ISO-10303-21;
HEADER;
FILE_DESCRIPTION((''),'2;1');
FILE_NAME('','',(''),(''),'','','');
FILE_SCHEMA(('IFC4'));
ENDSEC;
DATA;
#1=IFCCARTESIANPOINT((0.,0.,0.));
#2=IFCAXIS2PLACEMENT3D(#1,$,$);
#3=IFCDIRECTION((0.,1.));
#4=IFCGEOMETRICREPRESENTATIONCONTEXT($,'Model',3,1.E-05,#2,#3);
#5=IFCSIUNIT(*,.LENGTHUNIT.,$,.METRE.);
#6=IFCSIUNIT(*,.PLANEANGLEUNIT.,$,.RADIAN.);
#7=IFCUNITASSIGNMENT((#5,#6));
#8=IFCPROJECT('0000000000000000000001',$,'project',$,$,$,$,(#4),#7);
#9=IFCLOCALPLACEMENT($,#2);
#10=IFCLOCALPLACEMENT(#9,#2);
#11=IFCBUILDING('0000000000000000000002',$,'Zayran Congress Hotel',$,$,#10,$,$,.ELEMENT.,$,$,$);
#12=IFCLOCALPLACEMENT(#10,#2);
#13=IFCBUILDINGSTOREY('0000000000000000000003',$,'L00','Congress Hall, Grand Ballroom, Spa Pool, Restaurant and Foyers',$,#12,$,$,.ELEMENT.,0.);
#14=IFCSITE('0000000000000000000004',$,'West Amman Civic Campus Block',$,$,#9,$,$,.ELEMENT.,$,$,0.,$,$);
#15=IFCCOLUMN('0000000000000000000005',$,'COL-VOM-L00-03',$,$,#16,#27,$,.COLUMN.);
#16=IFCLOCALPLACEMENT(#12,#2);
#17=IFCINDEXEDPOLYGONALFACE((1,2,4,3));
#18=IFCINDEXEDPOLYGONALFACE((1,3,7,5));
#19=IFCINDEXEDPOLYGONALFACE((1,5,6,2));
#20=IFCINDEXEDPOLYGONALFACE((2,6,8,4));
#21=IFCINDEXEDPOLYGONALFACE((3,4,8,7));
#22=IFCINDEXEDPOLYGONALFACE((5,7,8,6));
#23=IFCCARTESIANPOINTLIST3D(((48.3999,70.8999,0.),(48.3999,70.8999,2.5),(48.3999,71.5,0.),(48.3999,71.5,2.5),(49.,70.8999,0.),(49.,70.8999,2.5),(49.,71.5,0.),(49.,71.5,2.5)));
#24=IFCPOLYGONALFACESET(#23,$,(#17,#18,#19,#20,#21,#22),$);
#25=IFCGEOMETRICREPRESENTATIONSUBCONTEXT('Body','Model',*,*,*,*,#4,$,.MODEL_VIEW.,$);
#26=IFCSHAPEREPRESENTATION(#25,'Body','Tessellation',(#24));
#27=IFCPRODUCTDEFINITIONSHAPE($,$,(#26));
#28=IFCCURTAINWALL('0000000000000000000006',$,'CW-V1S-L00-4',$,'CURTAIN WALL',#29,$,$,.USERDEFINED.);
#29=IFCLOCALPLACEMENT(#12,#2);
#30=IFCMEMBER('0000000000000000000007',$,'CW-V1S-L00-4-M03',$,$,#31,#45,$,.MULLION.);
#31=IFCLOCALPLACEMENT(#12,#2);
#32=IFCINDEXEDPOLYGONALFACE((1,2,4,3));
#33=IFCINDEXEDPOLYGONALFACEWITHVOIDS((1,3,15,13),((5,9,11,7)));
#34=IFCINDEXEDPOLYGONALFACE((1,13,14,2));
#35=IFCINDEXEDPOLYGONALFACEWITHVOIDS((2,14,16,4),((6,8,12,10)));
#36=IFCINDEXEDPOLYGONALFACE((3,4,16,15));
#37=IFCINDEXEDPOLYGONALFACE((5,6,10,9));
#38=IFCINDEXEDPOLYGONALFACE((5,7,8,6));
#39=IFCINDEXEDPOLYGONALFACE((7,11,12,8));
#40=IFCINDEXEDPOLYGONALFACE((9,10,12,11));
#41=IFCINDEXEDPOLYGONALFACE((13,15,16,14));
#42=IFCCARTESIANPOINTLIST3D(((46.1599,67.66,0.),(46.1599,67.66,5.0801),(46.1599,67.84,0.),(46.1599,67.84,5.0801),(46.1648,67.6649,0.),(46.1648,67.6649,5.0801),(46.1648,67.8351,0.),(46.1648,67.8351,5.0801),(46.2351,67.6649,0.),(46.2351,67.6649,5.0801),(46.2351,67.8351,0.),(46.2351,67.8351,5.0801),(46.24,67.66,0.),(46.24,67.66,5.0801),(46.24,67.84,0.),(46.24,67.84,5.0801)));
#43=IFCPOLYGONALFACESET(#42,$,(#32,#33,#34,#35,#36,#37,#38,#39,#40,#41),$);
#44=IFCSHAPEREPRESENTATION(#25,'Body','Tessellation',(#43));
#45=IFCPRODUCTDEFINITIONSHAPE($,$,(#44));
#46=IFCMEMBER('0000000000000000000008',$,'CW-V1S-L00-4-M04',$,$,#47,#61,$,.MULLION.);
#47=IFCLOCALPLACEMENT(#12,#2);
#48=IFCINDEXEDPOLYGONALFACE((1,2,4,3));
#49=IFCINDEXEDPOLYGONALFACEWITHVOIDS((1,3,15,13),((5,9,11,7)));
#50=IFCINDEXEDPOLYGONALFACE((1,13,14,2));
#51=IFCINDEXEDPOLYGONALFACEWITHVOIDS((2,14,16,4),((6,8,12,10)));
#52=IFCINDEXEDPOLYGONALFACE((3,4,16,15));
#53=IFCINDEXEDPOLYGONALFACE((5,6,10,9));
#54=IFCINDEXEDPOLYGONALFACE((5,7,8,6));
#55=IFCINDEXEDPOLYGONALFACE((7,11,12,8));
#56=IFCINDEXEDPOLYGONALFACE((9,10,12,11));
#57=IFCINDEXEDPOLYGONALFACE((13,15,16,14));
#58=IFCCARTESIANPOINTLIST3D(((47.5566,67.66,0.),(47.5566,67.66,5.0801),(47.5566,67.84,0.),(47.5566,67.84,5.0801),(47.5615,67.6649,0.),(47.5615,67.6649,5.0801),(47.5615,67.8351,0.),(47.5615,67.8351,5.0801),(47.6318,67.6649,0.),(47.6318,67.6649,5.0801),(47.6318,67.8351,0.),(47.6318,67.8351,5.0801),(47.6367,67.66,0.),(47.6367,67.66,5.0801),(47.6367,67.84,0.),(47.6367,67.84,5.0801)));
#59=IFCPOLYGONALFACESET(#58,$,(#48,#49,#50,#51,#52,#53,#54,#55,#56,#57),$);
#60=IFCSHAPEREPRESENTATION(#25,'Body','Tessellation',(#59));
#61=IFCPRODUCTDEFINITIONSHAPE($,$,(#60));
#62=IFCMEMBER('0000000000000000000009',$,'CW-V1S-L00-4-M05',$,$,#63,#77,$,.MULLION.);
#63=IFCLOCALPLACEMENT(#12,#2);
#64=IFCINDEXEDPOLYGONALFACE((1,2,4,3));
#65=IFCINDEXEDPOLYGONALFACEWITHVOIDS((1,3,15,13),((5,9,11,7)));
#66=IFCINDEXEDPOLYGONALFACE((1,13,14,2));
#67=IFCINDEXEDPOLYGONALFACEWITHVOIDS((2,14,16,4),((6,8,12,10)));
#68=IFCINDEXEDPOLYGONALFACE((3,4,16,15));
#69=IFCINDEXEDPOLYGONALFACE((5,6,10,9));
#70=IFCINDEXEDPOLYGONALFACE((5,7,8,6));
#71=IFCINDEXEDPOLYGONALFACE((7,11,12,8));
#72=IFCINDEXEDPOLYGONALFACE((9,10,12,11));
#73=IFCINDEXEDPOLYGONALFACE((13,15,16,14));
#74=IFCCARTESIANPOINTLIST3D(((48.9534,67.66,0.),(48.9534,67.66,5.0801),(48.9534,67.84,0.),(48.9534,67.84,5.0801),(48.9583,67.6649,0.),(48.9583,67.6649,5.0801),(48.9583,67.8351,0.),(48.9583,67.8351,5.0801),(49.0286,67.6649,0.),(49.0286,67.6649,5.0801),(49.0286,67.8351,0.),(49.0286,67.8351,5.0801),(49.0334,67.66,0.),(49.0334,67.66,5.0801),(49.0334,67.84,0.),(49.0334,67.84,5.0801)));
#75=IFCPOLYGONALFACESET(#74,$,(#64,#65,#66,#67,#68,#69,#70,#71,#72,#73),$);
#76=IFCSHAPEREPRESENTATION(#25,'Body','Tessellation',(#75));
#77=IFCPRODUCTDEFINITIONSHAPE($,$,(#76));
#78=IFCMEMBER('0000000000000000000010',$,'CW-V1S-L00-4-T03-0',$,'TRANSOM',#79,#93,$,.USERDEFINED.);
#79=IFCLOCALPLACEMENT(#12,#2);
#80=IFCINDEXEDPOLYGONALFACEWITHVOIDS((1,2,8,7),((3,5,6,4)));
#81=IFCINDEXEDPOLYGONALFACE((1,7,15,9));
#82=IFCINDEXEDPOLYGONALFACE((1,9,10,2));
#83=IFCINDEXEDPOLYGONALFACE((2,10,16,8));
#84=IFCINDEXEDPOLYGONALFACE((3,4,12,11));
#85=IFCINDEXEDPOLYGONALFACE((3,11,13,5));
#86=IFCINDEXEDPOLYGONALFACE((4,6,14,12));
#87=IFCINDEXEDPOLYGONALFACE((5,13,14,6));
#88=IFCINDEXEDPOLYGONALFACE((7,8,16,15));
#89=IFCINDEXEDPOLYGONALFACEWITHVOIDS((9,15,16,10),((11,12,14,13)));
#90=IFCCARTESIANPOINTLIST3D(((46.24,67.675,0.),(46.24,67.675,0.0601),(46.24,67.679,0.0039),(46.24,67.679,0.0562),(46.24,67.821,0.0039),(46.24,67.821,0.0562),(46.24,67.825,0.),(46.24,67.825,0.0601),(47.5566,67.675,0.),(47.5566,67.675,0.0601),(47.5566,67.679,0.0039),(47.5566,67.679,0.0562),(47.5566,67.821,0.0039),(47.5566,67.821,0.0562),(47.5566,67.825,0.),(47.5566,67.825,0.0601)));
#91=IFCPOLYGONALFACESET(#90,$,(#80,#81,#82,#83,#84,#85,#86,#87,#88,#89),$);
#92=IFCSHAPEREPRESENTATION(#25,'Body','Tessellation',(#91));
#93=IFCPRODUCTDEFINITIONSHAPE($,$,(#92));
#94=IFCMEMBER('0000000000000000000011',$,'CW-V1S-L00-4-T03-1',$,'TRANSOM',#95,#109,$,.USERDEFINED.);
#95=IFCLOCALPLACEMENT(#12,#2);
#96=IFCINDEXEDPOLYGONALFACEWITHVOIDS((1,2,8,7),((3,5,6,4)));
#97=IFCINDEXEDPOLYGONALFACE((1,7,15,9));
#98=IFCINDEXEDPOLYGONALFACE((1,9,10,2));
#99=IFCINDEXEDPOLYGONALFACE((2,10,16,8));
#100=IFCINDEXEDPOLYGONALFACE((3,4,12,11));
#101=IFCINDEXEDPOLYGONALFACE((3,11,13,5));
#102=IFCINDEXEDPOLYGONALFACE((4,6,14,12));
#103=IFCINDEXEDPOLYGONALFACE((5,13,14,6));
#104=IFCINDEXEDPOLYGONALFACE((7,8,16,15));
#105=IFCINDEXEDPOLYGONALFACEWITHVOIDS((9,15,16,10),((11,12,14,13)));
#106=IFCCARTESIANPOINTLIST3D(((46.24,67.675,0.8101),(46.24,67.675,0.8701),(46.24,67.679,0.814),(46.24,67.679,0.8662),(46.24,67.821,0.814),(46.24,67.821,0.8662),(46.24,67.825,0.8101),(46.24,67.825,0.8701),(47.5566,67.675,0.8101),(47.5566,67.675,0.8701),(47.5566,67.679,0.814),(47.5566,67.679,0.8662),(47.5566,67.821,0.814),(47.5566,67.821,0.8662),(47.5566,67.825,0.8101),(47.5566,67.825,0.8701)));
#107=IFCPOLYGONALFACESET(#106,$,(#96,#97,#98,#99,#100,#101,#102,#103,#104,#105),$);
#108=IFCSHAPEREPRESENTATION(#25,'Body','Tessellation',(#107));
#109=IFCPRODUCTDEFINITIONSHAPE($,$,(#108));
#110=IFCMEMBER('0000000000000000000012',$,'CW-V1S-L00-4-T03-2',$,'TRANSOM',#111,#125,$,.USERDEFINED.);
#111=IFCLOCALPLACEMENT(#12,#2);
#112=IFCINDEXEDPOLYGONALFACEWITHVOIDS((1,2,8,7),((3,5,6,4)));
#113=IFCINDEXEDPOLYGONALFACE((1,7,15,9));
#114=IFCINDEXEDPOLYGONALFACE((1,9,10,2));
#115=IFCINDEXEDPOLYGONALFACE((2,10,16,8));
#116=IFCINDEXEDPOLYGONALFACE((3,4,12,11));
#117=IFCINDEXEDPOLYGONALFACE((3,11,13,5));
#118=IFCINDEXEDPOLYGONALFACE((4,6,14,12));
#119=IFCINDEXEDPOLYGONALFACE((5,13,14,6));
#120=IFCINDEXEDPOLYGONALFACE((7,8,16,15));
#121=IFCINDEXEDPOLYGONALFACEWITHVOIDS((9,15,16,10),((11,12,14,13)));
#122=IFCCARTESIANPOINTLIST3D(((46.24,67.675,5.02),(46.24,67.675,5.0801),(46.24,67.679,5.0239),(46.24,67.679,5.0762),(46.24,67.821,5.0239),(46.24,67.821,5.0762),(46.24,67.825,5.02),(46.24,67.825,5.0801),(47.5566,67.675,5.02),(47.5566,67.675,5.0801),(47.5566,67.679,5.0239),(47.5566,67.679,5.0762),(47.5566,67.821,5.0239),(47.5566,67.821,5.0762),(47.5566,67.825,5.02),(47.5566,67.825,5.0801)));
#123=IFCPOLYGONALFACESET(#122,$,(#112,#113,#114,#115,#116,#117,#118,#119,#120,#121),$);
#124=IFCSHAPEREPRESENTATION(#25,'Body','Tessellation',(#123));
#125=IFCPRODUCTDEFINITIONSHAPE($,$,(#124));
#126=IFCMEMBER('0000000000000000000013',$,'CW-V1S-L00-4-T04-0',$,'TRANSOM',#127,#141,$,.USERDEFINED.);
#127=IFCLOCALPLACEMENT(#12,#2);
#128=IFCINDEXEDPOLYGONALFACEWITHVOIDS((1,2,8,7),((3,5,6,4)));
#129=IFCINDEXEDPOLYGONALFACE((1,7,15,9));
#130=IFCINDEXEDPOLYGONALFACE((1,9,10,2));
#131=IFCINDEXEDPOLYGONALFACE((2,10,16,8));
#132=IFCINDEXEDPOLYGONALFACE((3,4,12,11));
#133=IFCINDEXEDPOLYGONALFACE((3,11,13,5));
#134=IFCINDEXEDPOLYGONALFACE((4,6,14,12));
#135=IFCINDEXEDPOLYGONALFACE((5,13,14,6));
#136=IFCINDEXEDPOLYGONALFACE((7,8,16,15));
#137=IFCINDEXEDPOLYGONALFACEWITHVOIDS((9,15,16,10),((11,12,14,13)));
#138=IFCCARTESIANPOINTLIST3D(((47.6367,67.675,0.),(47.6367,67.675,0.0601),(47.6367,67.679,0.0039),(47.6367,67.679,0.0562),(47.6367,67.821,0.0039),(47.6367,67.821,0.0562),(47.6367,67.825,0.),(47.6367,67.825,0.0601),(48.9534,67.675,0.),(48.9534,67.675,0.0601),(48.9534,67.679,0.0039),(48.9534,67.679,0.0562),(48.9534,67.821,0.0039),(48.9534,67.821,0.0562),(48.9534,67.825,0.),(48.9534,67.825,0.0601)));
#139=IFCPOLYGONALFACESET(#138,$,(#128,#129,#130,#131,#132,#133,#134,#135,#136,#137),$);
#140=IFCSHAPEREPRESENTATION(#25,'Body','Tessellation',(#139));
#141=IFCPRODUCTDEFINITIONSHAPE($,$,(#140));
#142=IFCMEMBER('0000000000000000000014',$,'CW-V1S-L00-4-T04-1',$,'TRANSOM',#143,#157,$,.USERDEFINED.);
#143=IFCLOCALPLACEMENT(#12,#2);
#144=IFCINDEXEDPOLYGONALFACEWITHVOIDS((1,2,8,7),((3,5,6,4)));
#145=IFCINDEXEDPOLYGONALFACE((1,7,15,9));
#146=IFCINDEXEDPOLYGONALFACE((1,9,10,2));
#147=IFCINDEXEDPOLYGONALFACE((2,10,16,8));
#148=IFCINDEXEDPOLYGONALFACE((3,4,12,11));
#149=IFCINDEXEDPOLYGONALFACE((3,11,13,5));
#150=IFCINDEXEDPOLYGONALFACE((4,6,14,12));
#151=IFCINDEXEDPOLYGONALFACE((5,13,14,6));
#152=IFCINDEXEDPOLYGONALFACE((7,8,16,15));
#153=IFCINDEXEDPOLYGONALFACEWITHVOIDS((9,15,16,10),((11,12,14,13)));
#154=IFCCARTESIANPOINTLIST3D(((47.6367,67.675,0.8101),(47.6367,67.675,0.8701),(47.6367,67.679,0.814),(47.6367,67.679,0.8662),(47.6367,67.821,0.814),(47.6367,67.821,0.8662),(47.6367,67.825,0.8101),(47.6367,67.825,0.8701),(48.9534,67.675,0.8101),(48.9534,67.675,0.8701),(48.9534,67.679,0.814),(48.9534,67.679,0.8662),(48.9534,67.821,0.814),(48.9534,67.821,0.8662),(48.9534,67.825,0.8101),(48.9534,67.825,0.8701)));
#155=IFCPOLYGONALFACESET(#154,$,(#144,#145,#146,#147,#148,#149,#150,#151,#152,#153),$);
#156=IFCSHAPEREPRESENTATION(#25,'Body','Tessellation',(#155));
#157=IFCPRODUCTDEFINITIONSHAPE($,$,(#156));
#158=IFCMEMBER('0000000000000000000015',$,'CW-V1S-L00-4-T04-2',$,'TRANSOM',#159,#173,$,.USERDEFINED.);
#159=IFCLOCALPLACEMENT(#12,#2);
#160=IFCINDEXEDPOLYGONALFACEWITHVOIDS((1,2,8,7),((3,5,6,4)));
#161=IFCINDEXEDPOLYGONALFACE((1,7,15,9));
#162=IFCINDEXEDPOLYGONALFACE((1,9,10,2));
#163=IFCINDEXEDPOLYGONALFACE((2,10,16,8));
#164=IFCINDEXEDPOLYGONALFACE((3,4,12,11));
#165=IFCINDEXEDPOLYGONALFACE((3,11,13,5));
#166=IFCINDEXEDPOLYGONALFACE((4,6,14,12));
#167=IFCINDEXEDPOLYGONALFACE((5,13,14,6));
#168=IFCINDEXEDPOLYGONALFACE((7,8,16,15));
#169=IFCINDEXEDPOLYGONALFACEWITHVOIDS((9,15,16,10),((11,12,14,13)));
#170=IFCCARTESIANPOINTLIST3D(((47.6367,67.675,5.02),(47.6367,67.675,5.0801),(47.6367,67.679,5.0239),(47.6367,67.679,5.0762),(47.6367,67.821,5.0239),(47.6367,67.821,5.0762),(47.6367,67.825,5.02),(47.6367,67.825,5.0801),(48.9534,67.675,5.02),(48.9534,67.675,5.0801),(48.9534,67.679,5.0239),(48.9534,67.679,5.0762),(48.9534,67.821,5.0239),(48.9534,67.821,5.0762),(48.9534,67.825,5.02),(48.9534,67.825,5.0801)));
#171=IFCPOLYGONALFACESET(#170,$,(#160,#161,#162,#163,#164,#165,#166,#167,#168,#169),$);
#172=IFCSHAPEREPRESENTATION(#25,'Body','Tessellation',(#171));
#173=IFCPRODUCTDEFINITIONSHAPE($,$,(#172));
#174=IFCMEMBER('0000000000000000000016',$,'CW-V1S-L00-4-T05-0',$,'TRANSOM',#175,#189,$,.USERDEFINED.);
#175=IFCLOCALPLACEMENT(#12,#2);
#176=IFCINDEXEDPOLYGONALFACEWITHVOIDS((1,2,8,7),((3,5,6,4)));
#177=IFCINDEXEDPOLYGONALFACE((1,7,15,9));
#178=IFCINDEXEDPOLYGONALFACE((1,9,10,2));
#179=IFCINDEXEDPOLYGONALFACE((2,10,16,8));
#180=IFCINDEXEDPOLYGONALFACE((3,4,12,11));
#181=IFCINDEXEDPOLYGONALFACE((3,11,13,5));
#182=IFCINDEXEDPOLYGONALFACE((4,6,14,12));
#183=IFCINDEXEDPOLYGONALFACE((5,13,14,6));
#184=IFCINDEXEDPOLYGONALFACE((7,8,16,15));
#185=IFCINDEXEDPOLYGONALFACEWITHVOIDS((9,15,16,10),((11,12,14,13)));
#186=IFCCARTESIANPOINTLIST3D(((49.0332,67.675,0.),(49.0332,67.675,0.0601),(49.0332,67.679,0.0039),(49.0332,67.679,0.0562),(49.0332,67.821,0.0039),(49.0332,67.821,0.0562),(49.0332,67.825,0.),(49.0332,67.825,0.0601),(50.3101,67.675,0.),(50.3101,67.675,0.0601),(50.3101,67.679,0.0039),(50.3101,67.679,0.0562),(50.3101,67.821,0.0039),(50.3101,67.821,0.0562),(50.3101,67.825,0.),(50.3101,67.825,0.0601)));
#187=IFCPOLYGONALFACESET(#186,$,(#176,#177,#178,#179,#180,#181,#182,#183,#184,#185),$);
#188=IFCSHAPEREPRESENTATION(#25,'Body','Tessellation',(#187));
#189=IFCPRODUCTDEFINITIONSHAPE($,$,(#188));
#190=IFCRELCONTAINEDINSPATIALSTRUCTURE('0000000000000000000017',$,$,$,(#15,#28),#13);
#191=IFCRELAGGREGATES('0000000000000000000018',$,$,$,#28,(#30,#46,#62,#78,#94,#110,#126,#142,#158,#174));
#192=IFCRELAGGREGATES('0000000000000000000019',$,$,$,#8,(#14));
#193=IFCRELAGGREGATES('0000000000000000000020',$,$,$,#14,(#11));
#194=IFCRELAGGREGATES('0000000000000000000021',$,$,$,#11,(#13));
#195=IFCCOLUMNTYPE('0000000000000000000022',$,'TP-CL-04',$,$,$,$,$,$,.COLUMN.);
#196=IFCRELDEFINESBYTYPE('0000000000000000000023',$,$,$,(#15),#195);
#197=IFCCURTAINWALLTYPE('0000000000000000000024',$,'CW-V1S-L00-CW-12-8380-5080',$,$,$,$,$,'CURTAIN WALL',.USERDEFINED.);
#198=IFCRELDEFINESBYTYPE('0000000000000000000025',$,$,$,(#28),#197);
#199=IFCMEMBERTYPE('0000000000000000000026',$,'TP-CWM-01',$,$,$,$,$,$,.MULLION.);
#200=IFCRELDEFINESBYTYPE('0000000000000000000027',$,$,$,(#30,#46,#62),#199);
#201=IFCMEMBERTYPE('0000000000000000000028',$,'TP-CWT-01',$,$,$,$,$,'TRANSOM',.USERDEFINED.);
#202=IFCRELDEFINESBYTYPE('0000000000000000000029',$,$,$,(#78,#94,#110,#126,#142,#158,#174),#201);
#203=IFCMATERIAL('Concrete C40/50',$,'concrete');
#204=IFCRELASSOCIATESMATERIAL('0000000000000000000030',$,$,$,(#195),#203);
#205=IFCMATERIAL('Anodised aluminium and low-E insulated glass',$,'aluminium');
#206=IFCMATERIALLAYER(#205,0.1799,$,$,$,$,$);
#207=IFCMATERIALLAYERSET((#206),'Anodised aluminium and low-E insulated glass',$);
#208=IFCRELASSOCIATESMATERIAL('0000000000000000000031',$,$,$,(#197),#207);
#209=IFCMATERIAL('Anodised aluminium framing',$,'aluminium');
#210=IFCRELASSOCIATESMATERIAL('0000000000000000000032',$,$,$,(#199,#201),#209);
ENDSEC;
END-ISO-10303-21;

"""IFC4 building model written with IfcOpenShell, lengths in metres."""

from ifc_helpers import new_model, si_unit, direction, frame, origin, origin_2d, place, context, subcontext, project, spatial, rectangle, hollow_rectangle, extrude, material, layer, layer_set, material_profile, profile_set, type_object, element, aggregate, save


model = new_model("IFC4")

# Units and contexts
model_context = context("Model", 3, precision=1e-05, world=origin(), true_north=direction((0.0, 1.0)))
body_context = subcontext(model_context, "Body", "Model", "MODEL_VIEW")
ifc_project = project(units=[si_unit("LENGTHUNIT", "METRE"), si_unit("PLANEANGLEUNIT", "RADIAN")], contexts=[model_context])

# Site, building, storey
site_placement = place(None, origin())
site = spatial("IfcSite", under=ifc_project, at=site_placement, Name="West Amman Civic Campus Block", CompositionType="ELEMENT", RefElevation=0.0)
building_placement = place(site_placement, origin())
building = spatial("IfcBuilding", under=site, at=building_placement, Name="Zayran Congress Hotel", CompositionType="ELEMENT")
storey_placement = place(building_placement, origin())
storey = spatial("IfcBuildingStorey", under=building, at=storey_placement, Name="L00", Description="Congress Hall, Grand Ballroom, Spa Pool, Restaurant and Foyers", CompositionType="ELEMENT", Elevation=0.0)

# Column
ifc_material_1 = material(Name="Concrete C40/50", Category="concrete")
ifc_material_profile_1 = material_profile(ifc_material_1, rectangle(XDim=0.6001, YDim=0.6001, at=origin_2d()), Name="RC 600x600")
ifc_profile_set_1 = profile_set([ifc_material_profile_1], Name="Concrete C40/50")
column_type = type_object("IfcColumnType", Name="TP-CL-04", PredefinedType="COLUMN", material=ifc_profile_set_1)
column_placement = place(storey_placement, frame((48.7, 71.2, 0.0), z_axis=(0.0, 0.0, 1.0), x_axis=(1.0, 0.0, 0.0)))
element("IfcColumn", 1, at=column_placement, inside=storey, type_object=column_type, Name="COL-VOM-L00-03", PredefinedType="COLUMN", context=body_context, shape_type="SweptSolid", body=[
    extrude(rectangle(XDim=0.6001, YDim=0.6001, at=origin_2d()), origin(), (0.0, 0.0, 1.0), 2.5),
])

# Curtain wall, members
ifc_material_2 = material(Name="Anodised aluminium and low-E insulated glass", Category="aluminium")
ifc_layer_1 = layer(ifc_material_2, 0.1799)
ifc_layer_set_1 = layer_set([ifc_layer_1], Name="Anodised aluminium and low-E insulated glass")
curtain_wall_type = type_object("IfcCurtainWallType", Name="CW-V1S-L00-CW-12-8380-5080", ElementType="CURTAIN WALL", PredefinedType="USERDEFINED", material=ifc_layer_set_1)
curtain_wall_placement = place(storey_placement, origin())
curtain_wall = element("IfcCurtainWall", 2, at=curtain_wall_placement, inside=storey, type_object=curtain_wall_type, Name="CW-V1S-L00-4", ObjectType="CURTAIN WALL", PredefinedType="USERDEFINED")
ifc_material_3 = material(Name="Anodised aluminium framing", Category="aluminium")
ifc_material_profile_2 = material_profile(ifc_material_3, hollow_rectangle(XDim=0.0801, YDim=0.1799, WallThickness=0.0049, at=origin_2d()), Name="RHS 180x80x5")
ifc_profile_set_2 = profile_set([ifc_material_profile_2], Name="Anodised aluminium framing")
member_type_1 = type_object("IfcMemberType", Name="TP-CWM-01", PredefinedType="MULLION", material=ifc_profile_set_2)
member_1_placement = place(storey_placement, frame((46.2, 67.75, 0.0), z_axis=(0.0, 0.0, 1.0), x_axis=(1.0, 0.0, 0.0)))
member_1 = element("IfcMember", 3, at=member_1_placement, type_object=member_type_1, Name="CW-V1S-L00-4-M03", PredefinedType="MULLION", context=body_context, shape_type="SweptSolid", body=[
    extrude(hollow_rectangle(XDim=0.0801, YDim=0.1799, WallThickness=0.0049, at=origin_2d()), origin(), (0.0, 0.0, 1.0), 5.0801),
])
member_2_placement = place(storey_placement, frame((47.5967, 67.75, 0.0), z_axis=(0.0, 0.0, 1.0), x_axis=(1.0, 0.0, 0.0)))
member_2 = element("IfcMember", 4, at=member_2_placement, type_object=member_type_1, Name="CW-V1S-L00-4-M04", PredefinedType="MULLION", context=body_context, shape_type="SweptSolid", body=[
    extrude(hollow_rectangle(XDim=0.0801, YDim=0.1799, WallThickness=0.0049, at=origin_2d()), origin(), (0.0, 0.0, 1.0), 5.0801),
])
member_3_placement = place(storey_placement, frame((48.9934, 67.75, 0.0), z_axis=(0.0, 0.0, 1.0), x_axis=(1.0, 0.0, 0.0)))
member_3 = element("IfcMember", 5, at=member_3_placement, type_object=member_type_1, Name="CW-V1S-L00-4-M05", PredefinedType="MULLION", context=body_context, shape_type="SweptSolid", body=[
    extrude(hollow_rectangle(XDim=0.0801, YDim=0.1799, WallThickness=0.0049, at=origin_2d()), origin(), (0.0, 0.0, 1.0), 5.0801),
])
ifc_material_profile_3 = material_profile(ifc_material_3, hollow_rectangle(XDim=0.0601, YDim=0.1499, WallThickness=0.0039, at=origin_2d()), Name="RHS 150x60x4")
ifc_profile_set_3 = profile_set([ifc_material_profile_3], Name="Anodised aluminium framing")
member_type_2 = type_object("IfcMemberType", Name="TP-CWT-01", ElementType="TRANSOM", PredefinedType="USERDEFINED", material=ifc_profile_set_3)
member_4_placement = place(storey_placement, frame((46.24, 67.75, 0.03), z_axis=(1.0, 0.0, 0.0), x_axis=(0.0, 0.0, 1.0)))
member_4 = element("IfcMember", 6, at=member_4_placement, type_object=member_type_2, Name="CW-V1S-L00-4-T03-0", ObjectType="TRANSOM", PredefinedType="USERDEFINED", context=body_context, shape_type="SweptSolid", body=[
    extrude(hollow_rectangle(XDim=0.0601, YDim=0.1499, WallThickness=0.0039, at=origin_2d()), origin(), (0.0, 0.0, 1.0), 1.3167),
])
member_5_placement = place(storey_placement, frame((46.24, 67.75, 0.8401), z_axis=(1.0, 0.0, 0.0), x_axis=(0.0, 0.0, 1.0)))
member_5 = element("IfcMember", 7, at=member_5_placement, type_object=member_type_2, Name="CW-V1S-L00-4-T03-1", ObjectType="TRANSOM", PredefinedType="USERDEFINED", context=body_context, shape_type="SweptSolid", body=[
    extrude(hollow_rectangle(XDim=0.0601, YDim=0.1499, WallThickness=0.0039, at=origin_2d()), origin(), (0.0, 0.0, 1.0), 1.3167),
])
member_6_placement = place(storey_placement, frame((46.24, 67.75, 5.05), z_axis=(1.0, 0.0, 0.0), x_axis=(0.0, 0.0, 1.0)))
member_6 = element("IfcMember", 8, at=member_6_placement, type_object=member_type_2, Name="CW-V1S-L00-4-T03-2", ObjectType="TRANSOM", PredefinedType="USERDEFINED", context=body_context, shape_type="SweptSolid", body=[
    extrude(hollow_rectangle(XDim=0.0601, YDim=0.1499, WallThickness=0.0039, at=origin_2d()), origin(), (0.0, 0.0, 1.0), 1.3167),
])
member_7_placement = place(storey_placement, frame((47.6367, 67.75, 0.03), z_axis=(1.0, 0.0, 0.0), x_axis=(0.0, 0.0, 1.0)))
member_7 = element("IfcMember", 9, at=member_7_placement, type_object=member_type_2, Name="CW-V1S-L00-4-T04-0", ObjectType="TRANSOM", PredefinedType="USERDEFINED", context=body_context, shape_type="SweptSolid", body=[
    extrude(hollow_rectangle(XDim=0.0601, YDim=0.1499, WallThickness=0.0039, at=origin_2d()), origin(), (0.0, 0.0, 1.0), 1.3167),
])
member_8_placement = place(storey_placement, frame((47.6367, 67.75, 0.8401), z_axis=(1.0, 0.0, 0.0), x_axis=(0.0, 0.0, 1.0)))
member_8 = element("IfcMember", 10, at=member_8_placement, type_object=member_type_2, Name="CW-V1S-L00-4-T04-1", ObjectType="TRANSOM", PredefinedType="USERDEFINED", context=body_context, shape_type="SweptSolid", body=[
    extrude(hollow_rectangle(XDim=0.0601, YDim=0.1499, WallThickness=0.0039, at=origin_2d()), origin(), (0.0, 0.0, 1.0), 1.3167),
])
member_9_placement = place(storey_placement, frame((47.6367, 67.75, 5.05), z_axis=(1.0, 0.0, 0.0), x_axis=(0.0, 0.0, 1.0)))
member_9 = element("IfcMember", 11, at=member_9_placement, type_object=member_type_2, Name="CW-V1S-L00-4-T04-2", ObjectType="TRANSOM", PredefinedType="USERDEFINED", context=body_context, shape_type="SweptSolid", body=[
    extrude(hollow_rectangle(XDim=0.0601, YDim=0.1499, WallThickness=0.0039, at=origin_2d()), origin(), (0.0, 0.0, 1.0), 1.3167),
])
member_10_placement = place(storey_placement, frame((49.0332, 67.75, 0.03), z_axis=(1.0, 0.0, 0.0), x_axis=(0.0, 0.0, 1.0)))
member_10 = element("IfcMember", 12, at=member_10_placement, type_object=member_type_2, Name="CW-V1S-L00-4-T05-0", ObjectType="TRANSOM", PredefinedType="USERDEFINED", context=body_context, shape_type="SweptSolid", body=[
    extrude(hollow_rectangle(XDim=0.0601, YDim=0.1499, WallThickness=0.0039, at=origin_2d()), origin(), (0.0, 0.0, 1.0), 1.2769),
])
aggregate(curtain_wall, [member_1, member_2, member_3, member_4, member_5, member_6, member_7, member_8, member_9, member_10])

save(model, "model.ifc")
